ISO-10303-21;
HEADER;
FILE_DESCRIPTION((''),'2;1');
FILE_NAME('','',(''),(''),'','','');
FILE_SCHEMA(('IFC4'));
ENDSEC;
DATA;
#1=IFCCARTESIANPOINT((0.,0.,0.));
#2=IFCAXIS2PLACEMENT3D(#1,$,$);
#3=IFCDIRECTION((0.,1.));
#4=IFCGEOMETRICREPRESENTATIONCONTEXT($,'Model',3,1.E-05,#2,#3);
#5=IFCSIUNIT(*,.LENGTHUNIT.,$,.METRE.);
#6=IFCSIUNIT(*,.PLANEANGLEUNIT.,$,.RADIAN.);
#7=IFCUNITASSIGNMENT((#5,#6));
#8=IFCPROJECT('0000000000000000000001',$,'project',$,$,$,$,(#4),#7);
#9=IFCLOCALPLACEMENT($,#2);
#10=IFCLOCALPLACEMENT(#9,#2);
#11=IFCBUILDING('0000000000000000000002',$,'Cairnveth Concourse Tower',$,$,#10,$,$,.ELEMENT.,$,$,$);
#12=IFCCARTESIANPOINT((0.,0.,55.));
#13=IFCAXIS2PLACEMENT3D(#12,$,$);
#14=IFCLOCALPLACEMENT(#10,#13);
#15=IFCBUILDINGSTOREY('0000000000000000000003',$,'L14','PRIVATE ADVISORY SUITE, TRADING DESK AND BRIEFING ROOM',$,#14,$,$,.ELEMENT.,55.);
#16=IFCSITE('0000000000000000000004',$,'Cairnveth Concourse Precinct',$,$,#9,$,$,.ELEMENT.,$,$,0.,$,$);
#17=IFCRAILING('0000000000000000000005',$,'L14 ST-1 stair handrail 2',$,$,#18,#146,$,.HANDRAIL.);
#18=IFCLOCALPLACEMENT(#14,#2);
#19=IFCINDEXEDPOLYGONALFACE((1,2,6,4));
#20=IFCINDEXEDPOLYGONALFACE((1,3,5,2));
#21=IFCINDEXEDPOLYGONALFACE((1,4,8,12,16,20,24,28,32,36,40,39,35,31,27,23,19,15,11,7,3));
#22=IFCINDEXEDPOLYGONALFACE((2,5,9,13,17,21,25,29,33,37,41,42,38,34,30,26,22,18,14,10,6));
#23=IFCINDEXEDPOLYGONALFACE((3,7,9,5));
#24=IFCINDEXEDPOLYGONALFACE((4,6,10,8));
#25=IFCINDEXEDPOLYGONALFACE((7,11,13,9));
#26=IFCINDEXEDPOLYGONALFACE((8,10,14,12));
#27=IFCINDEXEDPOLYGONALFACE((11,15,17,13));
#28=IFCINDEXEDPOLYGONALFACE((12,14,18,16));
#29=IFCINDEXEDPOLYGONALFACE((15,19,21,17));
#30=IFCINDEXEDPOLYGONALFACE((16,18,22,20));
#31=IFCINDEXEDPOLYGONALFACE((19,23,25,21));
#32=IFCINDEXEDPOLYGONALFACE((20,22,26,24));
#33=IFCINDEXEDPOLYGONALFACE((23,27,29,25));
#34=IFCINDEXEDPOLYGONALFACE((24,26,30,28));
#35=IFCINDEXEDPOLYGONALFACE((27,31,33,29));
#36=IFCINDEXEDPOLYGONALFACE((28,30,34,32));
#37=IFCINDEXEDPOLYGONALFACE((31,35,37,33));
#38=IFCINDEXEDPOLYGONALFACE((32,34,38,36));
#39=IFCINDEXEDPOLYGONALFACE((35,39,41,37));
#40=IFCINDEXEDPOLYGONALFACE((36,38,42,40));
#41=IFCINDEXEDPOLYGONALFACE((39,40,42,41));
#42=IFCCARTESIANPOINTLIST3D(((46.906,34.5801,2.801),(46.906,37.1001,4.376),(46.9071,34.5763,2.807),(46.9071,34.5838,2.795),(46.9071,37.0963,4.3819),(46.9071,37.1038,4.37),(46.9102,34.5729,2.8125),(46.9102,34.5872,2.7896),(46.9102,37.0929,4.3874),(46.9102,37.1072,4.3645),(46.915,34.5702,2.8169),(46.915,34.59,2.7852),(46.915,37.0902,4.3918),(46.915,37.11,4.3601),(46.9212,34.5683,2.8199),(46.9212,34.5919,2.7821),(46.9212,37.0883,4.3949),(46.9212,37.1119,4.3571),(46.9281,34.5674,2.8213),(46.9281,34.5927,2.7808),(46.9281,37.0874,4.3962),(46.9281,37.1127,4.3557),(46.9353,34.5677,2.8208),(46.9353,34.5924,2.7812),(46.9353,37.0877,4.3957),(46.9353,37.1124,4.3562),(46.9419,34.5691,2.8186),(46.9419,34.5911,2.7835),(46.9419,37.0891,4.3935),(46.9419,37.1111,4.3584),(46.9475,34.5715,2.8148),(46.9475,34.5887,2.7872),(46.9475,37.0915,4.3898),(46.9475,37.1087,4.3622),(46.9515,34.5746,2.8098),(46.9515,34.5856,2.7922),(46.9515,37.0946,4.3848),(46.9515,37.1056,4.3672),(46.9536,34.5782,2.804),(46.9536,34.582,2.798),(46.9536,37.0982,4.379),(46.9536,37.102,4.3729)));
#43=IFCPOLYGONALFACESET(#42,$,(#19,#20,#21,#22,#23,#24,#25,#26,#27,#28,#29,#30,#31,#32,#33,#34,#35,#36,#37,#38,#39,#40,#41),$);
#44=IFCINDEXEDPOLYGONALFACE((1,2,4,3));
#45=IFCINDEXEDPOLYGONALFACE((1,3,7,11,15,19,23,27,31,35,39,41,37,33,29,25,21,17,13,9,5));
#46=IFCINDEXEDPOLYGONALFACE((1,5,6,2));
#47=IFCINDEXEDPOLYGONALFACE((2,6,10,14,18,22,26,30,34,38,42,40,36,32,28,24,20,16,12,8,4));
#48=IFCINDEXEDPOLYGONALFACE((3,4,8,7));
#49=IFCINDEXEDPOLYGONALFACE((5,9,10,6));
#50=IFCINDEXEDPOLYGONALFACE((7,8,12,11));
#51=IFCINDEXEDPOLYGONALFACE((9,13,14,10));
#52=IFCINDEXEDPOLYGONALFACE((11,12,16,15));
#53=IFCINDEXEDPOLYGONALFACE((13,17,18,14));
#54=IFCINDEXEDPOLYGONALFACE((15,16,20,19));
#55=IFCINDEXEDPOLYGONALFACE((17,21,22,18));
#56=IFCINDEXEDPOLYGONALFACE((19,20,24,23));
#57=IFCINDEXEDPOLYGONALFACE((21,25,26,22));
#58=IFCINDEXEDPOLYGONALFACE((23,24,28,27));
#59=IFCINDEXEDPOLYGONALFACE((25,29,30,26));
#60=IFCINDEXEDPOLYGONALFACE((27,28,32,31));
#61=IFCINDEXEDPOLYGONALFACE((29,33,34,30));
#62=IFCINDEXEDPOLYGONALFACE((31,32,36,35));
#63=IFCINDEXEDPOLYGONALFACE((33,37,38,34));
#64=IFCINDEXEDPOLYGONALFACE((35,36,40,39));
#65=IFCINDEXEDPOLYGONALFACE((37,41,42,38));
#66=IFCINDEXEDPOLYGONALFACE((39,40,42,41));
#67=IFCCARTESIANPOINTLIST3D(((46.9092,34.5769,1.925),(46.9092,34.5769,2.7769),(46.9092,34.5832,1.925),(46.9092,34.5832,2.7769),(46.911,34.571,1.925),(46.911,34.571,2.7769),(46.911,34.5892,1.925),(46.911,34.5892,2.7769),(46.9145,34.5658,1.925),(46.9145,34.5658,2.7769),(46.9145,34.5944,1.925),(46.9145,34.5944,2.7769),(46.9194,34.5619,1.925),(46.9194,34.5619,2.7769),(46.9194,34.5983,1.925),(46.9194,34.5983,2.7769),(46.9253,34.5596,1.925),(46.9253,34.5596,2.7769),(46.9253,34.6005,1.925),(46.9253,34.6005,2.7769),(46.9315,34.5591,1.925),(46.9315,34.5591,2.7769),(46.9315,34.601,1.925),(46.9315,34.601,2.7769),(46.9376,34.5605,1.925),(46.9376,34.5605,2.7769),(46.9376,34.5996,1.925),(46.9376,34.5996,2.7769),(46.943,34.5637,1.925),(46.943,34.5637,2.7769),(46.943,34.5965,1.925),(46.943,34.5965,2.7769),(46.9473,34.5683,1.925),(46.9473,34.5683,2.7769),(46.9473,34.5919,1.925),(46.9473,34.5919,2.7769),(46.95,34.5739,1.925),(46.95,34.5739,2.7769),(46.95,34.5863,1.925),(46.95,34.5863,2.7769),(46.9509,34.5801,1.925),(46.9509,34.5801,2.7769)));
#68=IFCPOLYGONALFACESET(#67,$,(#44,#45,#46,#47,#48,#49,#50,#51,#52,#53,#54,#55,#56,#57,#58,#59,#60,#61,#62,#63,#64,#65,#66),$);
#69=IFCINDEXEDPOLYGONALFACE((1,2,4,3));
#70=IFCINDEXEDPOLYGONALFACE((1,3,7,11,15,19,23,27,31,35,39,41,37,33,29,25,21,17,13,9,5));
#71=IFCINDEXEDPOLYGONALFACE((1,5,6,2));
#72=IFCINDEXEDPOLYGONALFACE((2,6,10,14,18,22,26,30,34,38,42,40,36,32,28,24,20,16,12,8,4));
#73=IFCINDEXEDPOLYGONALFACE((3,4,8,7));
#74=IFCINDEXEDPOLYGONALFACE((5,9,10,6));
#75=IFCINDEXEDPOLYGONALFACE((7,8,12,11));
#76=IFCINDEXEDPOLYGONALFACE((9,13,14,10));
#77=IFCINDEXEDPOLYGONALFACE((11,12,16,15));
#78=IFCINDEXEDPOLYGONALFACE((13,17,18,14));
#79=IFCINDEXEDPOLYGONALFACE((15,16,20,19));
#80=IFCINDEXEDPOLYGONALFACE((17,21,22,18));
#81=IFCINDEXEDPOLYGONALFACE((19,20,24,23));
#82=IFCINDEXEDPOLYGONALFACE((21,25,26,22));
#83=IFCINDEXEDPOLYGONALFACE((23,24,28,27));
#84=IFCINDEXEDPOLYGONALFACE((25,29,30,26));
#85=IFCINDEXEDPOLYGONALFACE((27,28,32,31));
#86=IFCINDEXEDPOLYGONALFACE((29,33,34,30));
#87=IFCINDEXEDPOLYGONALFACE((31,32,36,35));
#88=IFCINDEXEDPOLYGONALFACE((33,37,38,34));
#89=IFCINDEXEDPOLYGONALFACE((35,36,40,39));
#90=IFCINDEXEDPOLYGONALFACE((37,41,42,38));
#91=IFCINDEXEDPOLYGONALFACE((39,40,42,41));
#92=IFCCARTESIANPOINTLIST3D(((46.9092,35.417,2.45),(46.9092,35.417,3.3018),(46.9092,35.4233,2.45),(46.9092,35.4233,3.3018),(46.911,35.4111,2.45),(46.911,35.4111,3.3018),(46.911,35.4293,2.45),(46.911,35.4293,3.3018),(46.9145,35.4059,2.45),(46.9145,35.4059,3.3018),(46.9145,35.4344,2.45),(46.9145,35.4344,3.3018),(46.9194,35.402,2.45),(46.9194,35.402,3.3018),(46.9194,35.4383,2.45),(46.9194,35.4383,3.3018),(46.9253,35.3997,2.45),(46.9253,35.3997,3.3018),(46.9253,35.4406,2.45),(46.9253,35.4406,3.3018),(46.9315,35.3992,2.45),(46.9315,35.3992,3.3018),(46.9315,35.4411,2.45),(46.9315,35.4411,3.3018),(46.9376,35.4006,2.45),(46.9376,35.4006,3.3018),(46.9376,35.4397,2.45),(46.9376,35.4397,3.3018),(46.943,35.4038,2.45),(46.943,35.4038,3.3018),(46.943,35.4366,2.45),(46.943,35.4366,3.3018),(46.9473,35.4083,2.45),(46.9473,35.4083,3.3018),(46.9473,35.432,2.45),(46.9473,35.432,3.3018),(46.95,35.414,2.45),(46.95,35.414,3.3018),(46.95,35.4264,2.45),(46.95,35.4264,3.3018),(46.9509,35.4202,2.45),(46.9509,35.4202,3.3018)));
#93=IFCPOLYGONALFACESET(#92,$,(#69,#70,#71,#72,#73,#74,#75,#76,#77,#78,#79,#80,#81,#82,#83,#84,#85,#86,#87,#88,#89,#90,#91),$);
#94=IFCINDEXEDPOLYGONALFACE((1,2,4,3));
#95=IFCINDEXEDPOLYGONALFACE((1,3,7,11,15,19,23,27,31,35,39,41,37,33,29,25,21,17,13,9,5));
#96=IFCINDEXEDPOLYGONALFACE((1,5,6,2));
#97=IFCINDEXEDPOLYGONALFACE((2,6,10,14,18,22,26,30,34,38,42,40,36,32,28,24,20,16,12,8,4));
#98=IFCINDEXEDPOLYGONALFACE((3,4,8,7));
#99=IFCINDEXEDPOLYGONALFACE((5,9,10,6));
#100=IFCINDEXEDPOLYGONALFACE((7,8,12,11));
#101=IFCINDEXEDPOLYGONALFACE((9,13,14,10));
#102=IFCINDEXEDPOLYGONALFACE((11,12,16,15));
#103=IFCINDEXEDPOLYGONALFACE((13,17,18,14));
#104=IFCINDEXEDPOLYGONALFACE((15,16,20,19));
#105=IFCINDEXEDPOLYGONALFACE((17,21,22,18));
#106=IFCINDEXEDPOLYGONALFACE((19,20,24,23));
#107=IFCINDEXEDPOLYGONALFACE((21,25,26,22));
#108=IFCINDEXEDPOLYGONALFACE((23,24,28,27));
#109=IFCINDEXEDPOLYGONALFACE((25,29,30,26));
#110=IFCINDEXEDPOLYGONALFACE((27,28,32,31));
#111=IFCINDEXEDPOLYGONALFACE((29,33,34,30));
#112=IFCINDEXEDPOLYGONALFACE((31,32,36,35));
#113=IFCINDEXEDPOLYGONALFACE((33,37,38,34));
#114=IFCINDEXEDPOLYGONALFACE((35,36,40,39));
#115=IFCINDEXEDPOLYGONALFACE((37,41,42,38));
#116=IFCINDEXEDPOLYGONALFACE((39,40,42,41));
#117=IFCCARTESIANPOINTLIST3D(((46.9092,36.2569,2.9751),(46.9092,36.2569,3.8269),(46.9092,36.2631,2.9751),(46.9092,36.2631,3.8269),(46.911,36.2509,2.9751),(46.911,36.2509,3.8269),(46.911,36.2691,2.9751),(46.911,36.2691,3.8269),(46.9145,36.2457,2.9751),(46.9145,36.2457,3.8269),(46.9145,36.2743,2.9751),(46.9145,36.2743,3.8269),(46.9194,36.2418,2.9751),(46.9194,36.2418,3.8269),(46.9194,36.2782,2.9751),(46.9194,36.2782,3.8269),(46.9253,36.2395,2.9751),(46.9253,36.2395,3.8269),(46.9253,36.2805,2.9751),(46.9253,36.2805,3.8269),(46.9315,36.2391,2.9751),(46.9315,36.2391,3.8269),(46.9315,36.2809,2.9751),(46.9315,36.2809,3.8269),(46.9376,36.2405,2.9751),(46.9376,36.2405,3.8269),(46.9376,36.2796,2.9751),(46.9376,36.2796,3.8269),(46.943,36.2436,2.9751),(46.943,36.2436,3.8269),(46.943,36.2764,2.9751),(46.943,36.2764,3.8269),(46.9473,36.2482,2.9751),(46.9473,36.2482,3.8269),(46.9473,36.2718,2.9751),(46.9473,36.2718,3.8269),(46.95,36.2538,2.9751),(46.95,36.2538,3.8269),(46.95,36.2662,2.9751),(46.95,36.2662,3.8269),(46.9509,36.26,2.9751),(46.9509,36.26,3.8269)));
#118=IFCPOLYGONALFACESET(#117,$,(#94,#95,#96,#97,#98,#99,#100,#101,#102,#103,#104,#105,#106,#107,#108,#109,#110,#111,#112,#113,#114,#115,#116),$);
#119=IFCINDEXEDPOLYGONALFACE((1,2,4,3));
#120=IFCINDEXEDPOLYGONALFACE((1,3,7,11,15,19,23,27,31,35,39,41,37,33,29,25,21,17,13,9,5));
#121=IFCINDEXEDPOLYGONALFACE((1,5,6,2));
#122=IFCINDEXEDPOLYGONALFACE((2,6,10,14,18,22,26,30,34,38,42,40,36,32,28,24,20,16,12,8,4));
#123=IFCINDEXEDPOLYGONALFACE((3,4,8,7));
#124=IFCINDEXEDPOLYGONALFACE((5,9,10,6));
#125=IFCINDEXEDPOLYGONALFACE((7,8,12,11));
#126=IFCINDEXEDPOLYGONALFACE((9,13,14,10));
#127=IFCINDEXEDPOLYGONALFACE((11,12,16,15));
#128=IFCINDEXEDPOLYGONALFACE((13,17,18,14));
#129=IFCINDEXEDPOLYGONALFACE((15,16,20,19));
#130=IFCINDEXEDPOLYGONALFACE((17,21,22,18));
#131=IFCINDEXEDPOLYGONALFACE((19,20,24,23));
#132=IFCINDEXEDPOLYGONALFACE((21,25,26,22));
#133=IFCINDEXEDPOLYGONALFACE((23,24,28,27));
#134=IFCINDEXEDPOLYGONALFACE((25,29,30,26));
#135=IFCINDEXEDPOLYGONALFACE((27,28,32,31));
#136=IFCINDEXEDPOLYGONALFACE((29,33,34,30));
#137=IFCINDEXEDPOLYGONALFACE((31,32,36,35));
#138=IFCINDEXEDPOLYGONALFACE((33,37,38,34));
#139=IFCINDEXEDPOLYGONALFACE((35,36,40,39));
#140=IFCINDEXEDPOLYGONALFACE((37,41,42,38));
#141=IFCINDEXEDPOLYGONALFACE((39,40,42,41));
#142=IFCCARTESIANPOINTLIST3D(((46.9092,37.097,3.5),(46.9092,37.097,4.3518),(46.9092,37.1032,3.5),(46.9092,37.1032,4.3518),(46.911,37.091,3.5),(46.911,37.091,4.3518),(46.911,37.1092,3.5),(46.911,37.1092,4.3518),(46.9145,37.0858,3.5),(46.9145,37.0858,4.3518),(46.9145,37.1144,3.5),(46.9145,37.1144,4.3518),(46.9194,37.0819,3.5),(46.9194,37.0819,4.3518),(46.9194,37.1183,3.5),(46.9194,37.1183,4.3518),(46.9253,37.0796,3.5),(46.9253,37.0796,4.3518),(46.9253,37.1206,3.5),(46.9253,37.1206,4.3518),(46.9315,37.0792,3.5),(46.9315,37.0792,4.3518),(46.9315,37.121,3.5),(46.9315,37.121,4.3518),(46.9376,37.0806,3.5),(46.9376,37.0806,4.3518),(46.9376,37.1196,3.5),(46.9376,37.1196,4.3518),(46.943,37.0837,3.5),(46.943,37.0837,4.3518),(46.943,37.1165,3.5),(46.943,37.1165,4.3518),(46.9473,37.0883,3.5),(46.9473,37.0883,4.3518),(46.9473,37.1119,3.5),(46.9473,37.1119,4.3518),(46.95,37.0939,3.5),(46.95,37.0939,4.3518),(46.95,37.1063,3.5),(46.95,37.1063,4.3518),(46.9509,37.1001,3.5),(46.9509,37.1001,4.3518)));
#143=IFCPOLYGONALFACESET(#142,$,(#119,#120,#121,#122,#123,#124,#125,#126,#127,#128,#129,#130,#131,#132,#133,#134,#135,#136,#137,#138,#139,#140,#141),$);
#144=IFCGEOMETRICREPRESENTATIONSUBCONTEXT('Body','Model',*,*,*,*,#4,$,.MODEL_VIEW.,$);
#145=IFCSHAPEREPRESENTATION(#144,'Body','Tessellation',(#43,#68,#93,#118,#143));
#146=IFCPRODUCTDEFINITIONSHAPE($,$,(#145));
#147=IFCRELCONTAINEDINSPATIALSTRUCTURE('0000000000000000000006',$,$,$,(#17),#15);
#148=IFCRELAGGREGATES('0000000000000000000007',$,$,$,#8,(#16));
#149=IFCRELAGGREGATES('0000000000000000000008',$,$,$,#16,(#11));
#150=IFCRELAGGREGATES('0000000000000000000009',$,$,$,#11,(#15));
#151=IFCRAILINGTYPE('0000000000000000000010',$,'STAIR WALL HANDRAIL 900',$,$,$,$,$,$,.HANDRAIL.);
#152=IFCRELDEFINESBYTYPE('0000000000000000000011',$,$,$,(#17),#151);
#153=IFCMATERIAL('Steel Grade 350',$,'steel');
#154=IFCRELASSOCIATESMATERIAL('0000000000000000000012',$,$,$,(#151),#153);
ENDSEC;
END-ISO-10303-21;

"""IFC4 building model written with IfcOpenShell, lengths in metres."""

from ifc_helpers import new_model, si_unit, direction, frame, origin, origin_2d, place, context, subcontext, project, spatial, circle, extrude, material, type_object, element, save


model = new_model("IFC4")

# Units and contexts
model_context = context("Model", 3, precision=1e-05, world=origin(), true_north=direction((0.0, 1.0)))
body_context = subcontext(model_context, "Body", "Model", "MODEL_VIEW")
ifc_project = project(units=[si_unit("LENGTHUNIT", "METRE"), si_unit("PLANEANGLEUNIT", "RADIAN")], contexts=[model_context])

# Site, building, storey
site_placement = place(None, origin())
site = spatial("IfcSite", under=ifc_project, at=site_placement, Name="Cairnveth Concourse Precinct", CompositionType="ELEMENT", RefElevation=0.0)
building_placement = place(site_placement, origin())
building = spatial("IfcBuilding", under=site, at=building_placement, Name="Cairnveth Concourse Tower", CompositionType="ELEMENT")
storey_placement = place(building_placement, frame((0.0, 0.0, 55.0)))
storey = spatial("IfcBuildingStorey", under=building, at=storey_placement, Name="L14", Description="PRIVATE ADVISORY SUITE, TRADING DESK AND BRIEFING ROOM", CompositionType="ELEMENT", Elevation=55.0)

# Railing
ifc_material_1 = material(Name="Steel Grade 350", Category="steel")
railing_type_1 = type_object("IfcRailingType", Name="STAIR WALL HANDRAIL 900", PredefinedType="HANDRAIL", material=ifc_material_1)
railing_1_placement = place(storey_placement, frame((46.9299, 34.5801, 1.925)))
element("IfcRailing", 1, at=railing_1_placement, inside=storey, type_object=railing_type_1, Name="L14 ST-1 stair handrail 2", PredefinedType="HANDRAIL", context=body_context, shape_type="SweptSolid", body=[
    extrude(circle(Radius=0.0239, at=origin_2d()), frame((0.0, 0.0, 0.876), z_axis=(0.0, 0.848008, 0.529984), x_axis=(-1.0, 0.0, 0.0)), (0.0, 0.0, 1.0), 2.9717),
    extrude(circle(Radius=0.021, at=origin_2d()), origin(), (0.0, 0.0, 1.0), 0.8518),
    extrude(circle(Radius=0.021, at=origin_2d()), frame((0.0, 0.8401, 0.5249)), (0.0, 0.0, 1.0), 0.8518),
    extrude(circle(Radius=0.021, at=origin_2d()), frame((0.0, 1.6799, 1.05)), (0.0, 0.0, 1.0), 0.8518),
    extrude(circle(Radius=0.021, at=origin_2d()), frame((0.0, 2.52, 1.575)), (0.0, 0.0, 1.0), 0.8518),
])

save(model, "model.ifc")
